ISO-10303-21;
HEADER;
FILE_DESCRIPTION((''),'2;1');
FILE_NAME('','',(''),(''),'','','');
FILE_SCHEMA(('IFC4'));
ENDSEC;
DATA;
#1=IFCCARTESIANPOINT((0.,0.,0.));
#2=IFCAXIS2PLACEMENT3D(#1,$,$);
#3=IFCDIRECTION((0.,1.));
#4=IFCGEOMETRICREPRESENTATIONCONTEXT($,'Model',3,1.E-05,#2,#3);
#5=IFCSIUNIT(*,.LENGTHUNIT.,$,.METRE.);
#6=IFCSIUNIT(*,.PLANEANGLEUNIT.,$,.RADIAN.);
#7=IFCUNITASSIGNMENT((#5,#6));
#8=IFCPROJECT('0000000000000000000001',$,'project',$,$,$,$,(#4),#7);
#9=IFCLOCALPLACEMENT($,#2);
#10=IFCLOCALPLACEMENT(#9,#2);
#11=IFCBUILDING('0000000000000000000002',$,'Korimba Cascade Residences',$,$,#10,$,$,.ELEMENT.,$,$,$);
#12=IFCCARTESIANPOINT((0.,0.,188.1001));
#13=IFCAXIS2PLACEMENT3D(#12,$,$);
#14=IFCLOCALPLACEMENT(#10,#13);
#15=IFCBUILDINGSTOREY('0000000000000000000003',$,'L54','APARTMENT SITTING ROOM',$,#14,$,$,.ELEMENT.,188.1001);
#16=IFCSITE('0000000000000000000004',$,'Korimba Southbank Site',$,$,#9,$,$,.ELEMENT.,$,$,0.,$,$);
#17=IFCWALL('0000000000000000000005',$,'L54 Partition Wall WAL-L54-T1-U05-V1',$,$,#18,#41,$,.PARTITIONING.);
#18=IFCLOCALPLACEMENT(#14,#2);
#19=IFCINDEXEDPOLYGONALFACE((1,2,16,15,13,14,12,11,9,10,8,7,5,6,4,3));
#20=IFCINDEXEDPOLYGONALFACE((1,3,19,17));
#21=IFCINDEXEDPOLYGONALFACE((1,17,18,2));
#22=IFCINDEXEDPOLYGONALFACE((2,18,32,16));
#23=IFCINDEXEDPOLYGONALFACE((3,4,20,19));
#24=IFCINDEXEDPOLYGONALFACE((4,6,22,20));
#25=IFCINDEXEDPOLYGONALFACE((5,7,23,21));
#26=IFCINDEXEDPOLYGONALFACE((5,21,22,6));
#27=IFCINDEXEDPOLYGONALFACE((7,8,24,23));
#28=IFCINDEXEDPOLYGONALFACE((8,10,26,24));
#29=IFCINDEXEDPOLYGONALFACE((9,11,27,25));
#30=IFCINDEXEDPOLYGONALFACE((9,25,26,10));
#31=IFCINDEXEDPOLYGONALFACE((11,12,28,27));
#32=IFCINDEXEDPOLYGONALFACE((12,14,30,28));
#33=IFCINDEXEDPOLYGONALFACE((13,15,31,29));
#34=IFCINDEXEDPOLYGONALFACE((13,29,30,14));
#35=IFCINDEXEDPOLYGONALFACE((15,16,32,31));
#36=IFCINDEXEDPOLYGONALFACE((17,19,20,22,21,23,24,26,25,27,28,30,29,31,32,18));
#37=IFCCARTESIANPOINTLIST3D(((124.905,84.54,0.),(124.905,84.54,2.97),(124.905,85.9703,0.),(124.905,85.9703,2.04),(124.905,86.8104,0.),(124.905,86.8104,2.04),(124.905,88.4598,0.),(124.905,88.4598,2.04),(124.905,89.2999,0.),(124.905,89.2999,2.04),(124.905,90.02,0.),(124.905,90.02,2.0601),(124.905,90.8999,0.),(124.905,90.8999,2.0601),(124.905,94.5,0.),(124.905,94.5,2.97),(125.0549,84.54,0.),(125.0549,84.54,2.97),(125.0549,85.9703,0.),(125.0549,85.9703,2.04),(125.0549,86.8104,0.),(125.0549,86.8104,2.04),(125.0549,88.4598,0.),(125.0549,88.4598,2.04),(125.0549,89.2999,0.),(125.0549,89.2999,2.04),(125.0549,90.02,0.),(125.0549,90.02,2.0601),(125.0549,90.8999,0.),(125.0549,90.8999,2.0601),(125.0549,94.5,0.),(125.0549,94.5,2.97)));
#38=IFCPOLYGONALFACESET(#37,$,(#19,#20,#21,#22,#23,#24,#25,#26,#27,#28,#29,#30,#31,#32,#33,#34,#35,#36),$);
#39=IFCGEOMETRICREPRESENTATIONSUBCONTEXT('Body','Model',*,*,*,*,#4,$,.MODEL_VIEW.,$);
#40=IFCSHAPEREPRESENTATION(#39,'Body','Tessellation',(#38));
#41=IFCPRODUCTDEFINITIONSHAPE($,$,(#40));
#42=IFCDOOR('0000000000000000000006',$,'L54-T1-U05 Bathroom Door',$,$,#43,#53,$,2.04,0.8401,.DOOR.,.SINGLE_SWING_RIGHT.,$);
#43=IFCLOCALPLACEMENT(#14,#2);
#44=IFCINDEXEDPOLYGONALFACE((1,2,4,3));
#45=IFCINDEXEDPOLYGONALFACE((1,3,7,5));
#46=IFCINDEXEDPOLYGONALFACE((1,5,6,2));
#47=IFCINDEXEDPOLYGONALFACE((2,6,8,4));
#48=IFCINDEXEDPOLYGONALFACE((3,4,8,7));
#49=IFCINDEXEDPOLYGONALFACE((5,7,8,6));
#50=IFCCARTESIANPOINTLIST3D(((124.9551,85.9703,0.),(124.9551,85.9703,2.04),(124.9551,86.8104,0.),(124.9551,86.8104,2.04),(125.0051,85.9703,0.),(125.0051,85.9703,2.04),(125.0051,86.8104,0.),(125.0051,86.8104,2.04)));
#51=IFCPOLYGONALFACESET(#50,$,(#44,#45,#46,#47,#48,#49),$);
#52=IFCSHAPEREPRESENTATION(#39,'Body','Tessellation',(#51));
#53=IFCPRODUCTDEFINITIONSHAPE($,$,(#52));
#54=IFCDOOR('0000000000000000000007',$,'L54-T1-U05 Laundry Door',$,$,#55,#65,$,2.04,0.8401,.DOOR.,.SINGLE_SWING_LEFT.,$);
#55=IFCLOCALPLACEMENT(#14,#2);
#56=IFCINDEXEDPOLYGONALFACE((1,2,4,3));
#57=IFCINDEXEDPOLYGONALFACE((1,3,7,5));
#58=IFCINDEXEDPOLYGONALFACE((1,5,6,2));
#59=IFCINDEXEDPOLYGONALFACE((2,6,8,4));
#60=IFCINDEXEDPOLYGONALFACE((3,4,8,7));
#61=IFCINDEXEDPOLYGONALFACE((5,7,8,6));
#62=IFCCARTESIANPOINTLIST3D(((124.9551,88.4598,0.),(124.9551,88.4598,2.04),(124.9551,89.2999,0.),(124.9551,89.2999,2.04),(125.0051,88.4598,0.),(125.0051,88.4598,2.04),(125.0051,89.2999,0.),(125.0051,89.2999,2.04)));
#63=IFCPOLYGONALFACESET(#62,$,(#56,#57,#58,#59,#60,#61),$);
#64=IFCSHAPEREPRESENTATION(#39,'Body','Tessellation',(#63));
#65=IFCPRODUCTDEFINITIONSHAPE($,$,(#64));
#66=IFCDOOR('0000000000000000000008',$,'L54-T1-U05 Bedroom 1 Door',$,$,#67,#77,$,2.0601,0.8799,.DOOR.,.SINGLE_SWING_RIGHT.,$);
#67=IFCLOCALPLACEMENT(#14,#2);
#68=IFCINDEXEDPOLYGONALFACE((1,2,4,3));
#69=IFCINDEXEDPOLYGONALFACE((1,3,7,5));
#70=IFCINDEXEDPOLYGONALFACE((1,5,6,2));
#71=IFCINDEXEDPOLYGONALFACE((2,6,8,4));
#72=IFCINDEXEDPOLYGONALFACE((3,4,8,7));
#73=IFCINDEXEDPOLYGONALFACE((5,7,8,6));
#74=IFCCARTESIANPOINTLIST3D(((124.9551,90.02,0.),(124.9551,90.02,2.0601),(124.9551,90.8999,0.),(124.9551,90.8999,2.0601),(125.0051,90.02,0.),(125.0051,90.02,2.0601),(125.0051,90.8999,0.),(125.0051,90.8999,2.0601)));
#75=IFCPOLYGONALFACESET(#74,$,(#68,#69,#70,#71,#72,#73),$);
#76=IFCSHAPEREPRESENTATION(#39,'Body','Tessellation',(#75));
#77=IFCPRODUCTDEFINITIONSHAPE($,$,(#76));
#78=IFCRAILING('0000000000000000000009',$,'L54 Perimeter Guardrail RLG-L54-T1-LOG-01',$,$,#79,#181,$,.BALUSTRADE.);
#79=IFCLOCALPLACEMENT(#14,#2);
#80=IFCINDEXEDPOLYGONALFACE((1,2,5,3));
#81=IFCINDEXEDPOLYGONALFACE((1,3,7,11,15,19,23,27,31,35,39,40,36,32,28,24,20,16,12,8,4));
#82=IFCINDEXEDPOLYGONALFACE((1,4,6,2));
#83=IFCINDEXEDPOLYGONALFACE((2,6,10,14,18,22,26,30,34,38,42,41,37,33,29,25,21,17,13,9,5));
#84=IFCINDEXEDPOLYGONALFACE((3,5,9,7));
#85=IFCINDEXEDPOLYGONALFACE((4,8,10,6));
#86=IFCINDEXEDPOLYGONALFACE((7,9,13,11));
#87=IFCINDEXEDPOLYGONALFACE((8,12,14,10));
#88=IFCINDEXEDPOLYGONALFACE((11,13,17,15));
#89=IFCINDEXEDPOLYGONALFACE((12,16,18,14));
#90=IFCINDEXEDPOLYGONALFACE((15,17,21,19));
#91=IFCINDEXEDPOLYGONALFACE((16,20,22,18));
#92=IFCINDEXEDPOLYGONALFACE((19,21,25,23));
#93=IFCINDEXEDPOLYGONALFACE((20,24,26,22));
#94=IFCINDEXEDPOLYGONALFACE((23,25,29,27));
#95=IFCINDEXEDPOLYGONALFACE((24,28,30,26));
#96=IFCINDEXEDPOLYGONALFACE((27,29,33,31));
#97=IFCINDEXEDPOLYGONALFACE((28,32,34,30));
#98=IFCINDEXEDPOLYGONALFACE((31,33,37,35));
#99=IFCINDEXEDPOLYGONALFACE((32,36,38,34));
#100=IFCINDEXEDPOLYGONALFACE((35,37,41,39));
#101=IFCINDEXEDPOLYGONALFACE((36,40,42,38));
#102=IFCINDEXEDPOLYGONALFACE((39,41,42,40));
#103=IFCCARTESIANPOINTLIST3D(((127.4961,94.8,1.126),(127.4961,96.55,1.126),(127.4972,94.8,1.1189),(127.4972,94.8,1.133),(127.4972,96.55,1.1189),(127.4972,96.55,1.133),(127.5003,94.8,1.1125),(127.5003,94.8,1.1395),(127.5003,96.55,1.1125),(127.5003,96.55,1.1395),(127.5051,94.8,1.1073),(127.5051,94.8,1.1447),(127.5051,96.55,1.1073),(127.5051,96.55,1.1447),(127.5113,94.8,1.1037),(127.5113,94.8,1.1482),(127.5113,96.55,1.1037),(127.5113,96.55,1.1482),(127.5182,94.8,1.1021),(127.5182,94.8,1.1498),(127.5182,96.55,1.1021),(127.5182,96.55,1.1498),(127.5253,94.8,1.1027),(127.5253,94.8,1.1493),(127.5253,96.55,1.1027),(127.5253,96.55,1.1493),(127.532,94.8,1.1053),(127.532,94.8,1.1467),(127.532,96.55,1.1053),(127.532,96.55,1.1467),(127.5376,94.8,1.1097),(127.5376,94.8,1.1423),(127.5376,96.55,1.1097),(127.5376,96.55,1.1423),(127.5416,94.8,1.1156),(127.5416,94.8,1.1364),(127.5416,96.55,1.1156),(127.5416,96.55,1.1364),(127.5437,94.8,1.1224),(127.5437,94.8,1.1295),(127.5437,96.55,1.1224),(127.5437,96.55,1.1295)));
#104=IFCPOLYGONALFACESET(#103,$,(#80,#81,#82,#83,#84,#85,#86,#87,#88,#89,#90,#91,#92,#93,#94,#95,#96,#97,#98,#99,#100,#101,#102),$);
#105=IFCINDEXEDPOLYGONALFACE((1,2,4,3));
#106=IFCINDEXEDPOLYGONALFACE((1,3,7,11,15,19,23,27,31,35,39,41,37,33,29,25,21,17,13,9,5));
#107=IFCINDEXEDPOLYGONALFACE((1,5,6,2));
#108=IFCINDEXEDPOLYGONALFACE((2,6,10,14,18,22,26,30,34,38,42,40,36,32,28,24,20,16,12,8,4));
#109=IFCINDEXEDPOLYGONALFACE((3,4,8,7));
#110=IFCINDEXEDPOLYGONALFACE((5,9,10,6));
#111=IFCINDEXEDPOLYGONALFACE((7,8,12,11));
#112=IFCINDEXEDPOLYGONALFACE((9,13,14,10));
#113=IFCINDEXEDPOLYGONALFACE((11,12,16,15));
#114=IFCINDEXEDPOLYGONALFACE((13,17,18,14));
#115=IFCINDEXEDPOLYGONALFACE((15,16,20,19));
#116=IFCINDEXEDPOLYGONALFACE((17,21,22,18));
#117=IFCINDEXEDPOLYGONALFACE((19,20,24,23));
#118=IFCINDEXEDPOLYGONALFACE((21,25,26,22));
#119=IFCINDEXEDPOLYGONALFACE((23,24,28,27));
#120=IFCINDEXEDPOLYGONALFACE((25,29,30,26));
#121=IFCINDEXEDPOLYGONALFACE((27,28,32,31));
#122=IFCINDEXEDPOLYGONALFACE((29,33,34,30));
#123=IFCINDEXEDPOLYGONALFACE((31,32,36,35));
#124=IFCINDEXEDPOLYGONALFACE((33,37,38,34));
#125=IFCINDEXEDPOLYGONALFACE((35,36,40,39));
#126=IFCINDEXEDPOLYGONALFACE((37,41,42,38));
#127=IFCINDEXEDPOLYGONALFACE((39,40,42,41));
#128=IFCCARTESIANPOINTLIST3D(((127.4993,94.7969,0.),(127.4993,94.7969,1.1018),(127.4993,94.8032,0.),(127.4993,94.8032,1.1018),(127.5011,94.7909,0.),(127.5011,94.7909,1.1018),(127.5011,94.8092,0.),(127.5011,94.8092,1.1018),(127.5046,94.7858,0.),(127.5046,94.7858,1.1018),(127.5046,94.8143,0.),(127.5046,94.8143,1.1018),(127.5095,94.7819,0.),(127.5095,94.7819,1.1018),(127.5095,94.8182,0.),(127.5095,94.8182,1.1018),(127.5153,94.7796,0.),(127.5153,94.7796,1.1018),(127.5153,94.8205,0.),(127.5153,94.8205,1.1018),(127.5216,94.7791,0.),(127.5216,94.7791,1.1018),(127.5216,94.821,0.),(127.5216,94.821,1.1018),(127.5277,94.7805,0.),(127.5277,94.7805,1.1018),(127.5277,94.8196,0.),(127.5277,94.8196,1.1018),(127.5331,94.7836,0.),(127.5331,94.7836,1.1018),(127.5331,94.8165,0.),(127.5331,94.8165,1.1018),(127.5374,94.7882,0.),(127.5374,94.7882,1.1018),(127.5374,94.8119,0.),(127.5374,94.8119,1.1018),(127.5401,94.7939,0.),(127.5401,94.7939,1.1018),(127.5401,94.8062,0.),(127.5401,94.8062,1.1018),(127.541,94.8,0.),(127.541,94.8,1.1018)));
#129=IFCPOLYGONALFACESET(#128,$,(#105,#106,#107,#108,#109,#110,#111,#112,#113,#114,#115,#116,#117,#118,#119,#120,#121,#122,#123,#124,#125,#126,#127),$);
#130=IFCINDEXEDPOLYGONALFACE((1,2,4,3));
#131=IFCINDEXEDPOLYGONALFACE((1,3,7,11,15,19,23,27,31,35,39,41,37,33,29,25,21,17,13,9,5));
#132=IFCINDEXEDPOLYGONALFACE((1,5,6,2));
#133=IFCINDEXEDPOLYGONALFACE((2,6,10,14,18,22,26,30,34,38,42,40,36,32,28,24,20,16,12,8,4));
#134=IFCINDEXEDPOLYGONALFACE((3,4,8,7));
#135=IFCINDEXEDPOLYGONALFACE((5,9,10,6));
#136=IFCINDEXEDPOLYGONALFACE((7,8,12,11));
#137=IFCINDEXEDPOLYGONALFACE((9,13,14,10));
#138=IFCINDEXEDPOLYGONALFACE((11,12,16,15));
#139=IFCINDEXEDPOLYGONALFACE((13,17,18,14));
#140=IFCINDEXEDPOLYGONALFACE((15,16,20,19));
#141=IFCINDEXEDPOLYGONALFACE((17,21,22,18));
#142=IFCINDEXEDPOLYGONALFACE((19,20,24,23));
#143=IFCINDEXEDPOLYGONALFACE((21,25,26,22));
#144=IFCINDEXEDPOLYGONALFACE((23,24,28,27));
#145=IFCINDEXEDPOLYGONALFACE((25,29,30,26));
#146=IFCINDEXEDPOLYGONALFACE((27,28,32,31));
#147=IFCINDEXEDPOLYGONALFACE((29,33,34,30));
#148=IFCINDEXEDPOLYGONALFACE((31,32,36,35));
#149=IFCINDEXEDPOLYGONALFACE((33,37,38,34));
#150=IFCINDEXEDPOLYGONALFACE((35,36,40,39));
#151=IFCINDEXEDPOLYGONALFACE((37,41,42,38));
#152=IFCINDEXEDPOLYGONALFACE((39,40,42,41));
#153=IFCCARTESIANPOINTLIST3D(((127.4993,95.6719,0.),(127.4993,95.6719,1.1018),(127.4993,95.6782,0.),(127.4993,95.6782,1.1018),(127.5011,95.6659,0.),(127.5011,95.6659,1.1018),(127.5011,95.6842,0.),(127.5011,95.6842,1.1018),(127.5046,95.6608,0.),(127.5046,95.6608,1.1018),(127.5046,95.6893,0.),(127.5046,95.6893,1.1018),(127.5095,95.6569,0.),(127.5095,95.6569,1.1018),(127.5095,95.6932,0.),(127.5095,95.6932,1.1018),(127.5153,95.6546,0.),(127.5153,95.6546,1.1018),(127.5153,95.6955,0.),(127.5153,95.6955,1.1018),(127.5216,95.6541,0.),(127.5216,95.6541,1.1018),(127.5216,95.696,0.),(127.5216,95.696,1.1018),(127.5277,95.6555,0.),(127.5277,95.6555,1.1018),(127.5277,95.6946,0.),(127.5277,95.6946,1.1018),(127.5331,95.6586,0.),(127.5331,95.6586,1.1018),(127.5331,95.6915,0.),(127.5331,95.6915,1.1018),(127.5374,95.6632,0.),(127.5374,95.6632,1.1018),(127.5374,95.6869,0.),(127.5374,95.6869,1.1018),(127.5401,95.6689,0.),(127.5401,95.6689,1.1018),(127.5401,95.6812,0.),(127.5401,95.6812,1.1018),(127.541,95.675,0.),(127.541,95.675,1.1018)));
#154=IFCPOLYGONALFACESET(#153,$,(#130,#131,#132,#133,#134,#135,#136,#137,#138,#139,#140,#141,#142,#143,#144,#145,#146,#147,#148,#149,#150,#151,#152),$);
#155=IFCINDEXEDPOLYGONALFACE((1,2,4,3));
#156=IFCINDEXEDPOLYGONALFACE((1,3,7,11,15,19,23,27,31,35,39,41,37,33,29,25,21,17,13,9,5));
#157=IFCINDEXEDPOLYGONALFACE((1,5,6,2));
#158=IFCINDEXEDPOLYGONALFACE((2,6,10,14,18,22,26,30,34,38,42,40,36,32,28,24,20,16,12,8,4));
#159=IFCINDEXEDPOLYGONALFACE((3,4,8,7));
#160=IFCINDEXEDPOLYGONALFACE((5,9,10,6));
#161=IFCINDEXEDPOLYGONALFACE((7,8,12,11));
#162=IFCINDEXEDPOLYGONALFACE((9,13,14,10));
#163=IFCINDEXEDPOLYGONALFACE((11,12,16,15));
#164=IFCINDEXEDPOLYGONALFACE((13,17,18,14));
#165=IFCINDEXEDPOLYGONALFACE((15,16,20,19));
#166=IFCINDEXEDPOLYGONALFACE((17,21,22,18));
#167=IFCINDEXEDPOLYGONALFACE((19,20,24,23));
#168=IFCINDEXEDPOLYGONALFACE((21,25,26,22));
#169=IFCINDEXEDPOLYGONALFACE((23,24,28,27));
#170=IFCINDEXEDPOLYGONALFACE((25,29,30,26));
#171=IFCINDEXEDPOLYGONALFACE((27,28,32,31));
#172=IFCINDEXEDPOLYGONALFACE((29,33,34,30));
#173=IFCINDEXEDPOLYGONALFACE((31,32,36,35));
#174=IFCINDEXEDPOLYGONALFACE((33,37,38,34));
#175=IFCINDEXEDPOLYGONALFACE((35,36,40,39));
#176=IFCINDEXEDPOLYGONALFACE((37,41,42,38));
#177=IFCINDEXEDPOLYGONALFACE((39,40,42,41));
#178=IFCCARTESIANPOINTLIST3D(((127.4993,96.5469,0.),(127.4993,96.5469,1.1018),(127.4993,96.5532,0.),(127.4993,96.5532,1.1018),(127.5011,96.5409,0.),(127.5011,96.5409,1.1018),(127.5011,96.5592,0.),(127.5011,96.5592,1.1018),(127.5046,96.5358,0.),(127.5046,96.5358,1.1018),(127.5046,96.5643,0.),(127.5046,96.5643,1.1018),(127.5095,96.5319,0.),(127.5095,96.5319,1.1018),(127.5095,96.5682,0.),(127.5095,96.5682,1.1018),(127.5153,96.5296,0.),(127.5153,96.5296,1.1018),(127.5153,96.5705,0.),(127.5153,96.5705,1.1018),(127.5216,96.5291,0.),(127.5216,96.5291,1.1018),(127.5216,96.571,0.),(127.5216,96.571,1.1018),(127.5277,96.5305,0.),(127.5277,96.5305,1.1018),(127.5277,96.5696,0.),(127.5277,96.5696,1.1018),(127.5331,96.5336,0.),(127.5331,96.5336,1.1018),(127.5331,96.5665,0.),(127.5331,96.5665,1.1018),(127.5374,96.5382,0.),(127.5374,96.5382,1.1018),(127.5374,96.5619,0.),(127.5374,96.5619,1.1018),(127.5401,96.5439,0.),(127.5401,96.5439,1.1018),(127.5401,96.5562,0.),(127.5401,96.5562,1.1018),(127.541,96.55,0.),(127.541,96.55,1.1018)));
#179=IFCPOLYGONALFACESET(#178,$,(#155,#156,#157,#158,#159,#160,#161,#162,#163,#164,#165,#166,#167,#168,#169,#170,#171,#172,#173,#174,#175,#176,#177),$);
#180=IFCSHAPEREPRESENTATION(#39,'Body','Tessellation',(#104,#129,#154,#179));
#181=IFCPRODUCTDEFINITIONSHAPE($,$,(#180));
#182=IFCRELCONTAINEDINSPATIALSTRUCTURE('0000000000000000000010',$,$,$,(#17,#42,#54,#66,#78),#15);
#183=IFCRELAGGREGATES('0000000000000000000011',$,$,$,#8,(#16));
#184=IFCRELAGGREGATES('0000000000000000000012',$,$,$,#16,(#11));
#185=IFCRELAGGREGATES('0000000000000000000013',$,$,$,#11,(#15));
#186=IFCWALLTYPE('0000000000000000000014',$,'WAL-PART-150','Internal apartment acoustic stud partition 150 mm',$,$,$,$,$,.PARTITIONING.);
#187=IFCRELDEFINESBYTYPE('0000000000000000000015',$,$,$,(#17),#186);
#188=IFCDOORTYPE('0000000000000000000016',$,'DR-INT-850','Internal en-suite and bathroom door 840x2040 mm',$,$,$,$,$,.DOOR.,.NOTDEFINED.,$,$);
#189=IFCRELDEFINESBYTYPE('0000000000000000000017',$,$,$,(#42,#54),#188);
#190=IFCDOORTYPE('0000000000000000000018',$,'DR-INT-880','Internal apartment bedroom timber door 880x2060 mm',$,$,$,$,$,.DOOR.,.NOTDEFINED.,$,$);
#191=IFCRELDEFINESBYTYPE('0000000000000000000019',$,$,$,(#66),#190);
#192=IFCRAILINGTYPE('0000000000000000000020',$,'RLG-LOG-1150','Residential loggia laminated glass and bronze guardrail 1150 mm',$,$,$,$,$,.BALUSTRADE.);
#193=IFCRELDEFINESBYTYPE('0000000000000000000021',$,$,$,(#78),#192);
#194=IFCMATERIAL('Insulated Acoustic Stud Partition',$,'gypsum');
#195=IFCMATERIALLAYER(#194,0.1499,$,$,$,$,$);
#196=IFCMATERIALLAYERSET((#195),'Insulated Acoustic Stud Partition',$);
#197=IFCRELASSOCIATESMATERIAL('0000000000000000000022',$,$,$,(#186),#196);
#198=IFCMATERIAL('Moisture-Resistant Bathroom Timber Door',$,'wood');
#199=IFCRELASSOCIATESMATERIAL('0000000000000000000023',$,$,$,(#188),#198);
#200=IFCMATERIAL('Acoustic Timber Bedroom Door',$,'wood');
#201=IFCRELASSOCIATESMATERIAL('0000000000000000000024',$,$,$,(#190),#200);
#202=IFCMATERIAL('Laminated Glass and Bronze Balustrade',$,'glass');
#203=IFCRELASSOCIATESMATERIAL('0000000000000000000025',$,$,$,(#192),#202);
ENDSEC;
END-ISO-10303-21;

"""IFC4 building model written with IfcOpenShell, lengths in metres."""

from ifc_helpers import new_model, si_unit, direction, frame, frame_2d, origin, origin_2d, place, context, subcontext, project, spatial, rectangle, circle, extrude, material, layer, layer_set, type_object, element, fill, save


model = new_model("IFC4")

# Units and contexts
model_context = context("Model", 3, precision=1e-05, world=origin(), true_north=direction((0.0, 1.0)))
body_context = subcontext(model_context, "Body", "Model", "MODEL_VIEW")
ifc_project = project(units=[si_unit("LENGTHUNIT", "METRE"), si_unit("PLANEANGLEUNIT", "RADIAN")], contexts=[model_context])

# Site, building, storey
site_placement = place(None, origin())
site = spatial("IfcSite", under=ifc_project, at=site_placement, Name="Korimba Southbank Site", CompositionType="ELEMENT", RefElevation=0.0)
building_placement = place(site_placement, origin())
building = spatial("IfcBuilding", under=site, at=building_placement, Name="Korimba Cascade Residences", CompositionType="ELEMENT")
storey_placement = place(building_placement, frame((0.0, 0.0, 188.1001)))
storey = spatial("IfcBuildingStorey", under=building, at=storey_placement, Name="L54", Description="APARTMENT SITTING ROOM", CompositionType="ELEMENT", Elevation=188.1001)

# Shared definitions
ifc_material_1 = material(Name="Insulated Acoustic Stud Partition", Category="gypsum")
ifc_layer_1 = layer(ifc_material_1, 0.1499)
ifc_layer_set_1 = layer_set([ifc_layer_1], Name="Insulated Acoustic Stud Partition")
wall_type_1 = type_object("IfcWallType", Name="WAL-PART-150", Description="Internal apartment acoustic stud partition 150 mm", PredefinedType="PARTITIONING", material=ifc_layer_set_1)

# Wall, openings, doors
wall_1_placement = place(storey_placement, frame((124.98, 84.54, 0.0), z_axis=(0.0, 0.0, 1.0), x_axis=(0.0, 1.0, 0.0)))
wall_1 = element("IfcWall", 1, at=wall_1_placement, inside=storey, type_object=wall_type_1, Name="L54 Partition Wall WAL-L54-T1-U05-V1", PredefinedType="PARTITIONING", context=body_context, shape_type="SweptSolid", body=[
    extrude(rectangle(XDim=9.96, YDim=0.1499, at=frame_2d((4.98, 0.0))), origin(), (0.0, 0.0, 1.0), 2.97),
])
opening_1_placement = place(wall_1_placement, frame((1.4304, 0.0, 0.0)))
opening_1 = element("IfcOpeningElement", 2, at=opening_1_placement, cuts=wall_1, PredefinedType="OPENING", context=body_context, shape_type="SweptSolid", body=[
    extrude(rectangle(XDim=0.8401, YDim=2.04, at=frame_2d((0.4199, 1.02))), frame((0.0, 0.085, 0.0), z_axis=(0.0, -1.0, 0.0), x_axis=(1.0, 0.0, 0.0)), (0.0, 0.0, 1.0), 0.1699),
])
opening_2_placement = place(wall_1_placement, frame((3.9199, 0.0, 0.0)))
opening_2 = element("IfcOpeningElement", 3, at=opening_2_placement, cuts=wall_1, PredefinedType="OPENING", context=body_context, shape_type="SweptSolid", body=[
    extrude(rectangle(XDim=0.8401, YDim=2.04, at=frame_2d((0.4199, 1.02))), frame((0.0, 0.085, 0.0), z_axis=(0.0, -1.0, 0.0), x_axis=(1.0, 0.0, 0.0)), (0.0, 0.0, 1.0), 0.1699),
])
opening_3_placement = place(wall_1_placement, frame((5.48, 0.0, 0.0)))
opening_3 = element("IfcOpeningElement", 4, at=opening_3_placement, cuts=wall_1, PredefinedType="OPENING", context=body_context, shape_type="SweptSolid", body=[
    extrude(rectangle(XDim=0.8799, YDim=2.0601, at=frame_2d((0.4399, 1.03))), frame((0.0, 0.085, 0.0), z_axis=(0.0, -1.0, 0.0), x_axis=(1.0, 0.0, 0.0)), (0.0, 0.0, 1.0), 0.1699),
])
ifc_material_2 = material(Name="Moisture-Resistant Bathroom Timber Door", Category="wood")
door_type_1 = type_object("IfcDoorType", Name="DR-INT-850", Description="Internal en-suite and bathroom door 840x2040 mm", OperationType="NOTDEFINED", PredefinedType="DOOR", material=ifc_material_2)
door_1_placement = place(opening_1_placement, origin())
door_1 = element("IfcDoor", 5, at=door_1_placement, inside=storey, type_object=door_type_1, Name="L54-T1-U05 Bathroom Door", OperationType="SINGLE_SWING_RIGHT", OverallHeight=2.04, OverallWidth=0.8401, PredefinedType="DOOR", context=body_context, shape_type="SweptSolid", body=[
    extrude(rectangle(XDim=0.8401, YDim=2.04, at=frame_2d((0.4199, 1.02))), frame((0.0, 0.0249, 0.0), z_axis=(0.0, -1.0, 0.0), x_axis=(1.0, 0.0, 0.0)), (0.0, 0.0, 1.0), 0.05),
])
fill(opening_1, door_1)
door_2_placement = place(opening_2_placement, origin())
door_2 = element("IfcDoor", 6, at=door_2_placement, inside=storey, type_object=door_type_1, Name="L54-T1-U05 Laundry Door", OperationType="SINGLE_SWING_LEFT", OverallHeight=2.04, OverallWidth=0.8401, PredefinedType="DOOR", context=body_context, shape_type="SweptSolid", body=[
    extrude(rectangle(XDim=0.8401, YDim=2.04, at=frame_2d((0.4199, 1.02))), frame((0.0, 0.0249, 0.0), z_axis=(0.0, -1.0, 0.0), x_axis=(1.0, 0.0, 0.0)), (0.0, 0.0, 1.0), 0.05),
])
fill(opening_2, door_2)
ifc_material_3 = material(Name="Acoustic Timber Bedroom Door", Category="wood")
door_type_2 = type_object("IfcDoorType", Name="DR-INT-880", Description="Internal apartment bedroom timber door 880x2060 mm", OperationType="NOTDEFINED", PredefinedType="DOOR", material=ifc_material_3)
door_3_placement = place(opening_3_placement, origin())
door_3 = element("IfcDoor", 7, at=door_3_placement, inside=storey, type_object=door_type_2, Name="L54-T1-U05 Bedroom 1 Door", OperationType="SINGLE_SWING_RIGHT", OverallHeight=2.0601, OverallWidth=0.8799, PredefinedType="DOOR", context=body_context, shape_type="SweptSolid", body=[
    extrude(rectangle(XDim=0.8799, YDim=2.0601, at=frame_2d((0.4399, 1.03))), frame((0.0, 0.0249, 0.0), z_axis=(0.0, -1.0, 0.0), x_axis=(1.0, 0.0, 0.0)), (0.0, 0.0, 1.0), 0.05),
])
fill(opening_3, door_3)

# Railing
ifc_material_4 = material(Name="Laminated Glass and Bronze Balustrade", Category="glass")
railing_type = type_object("IfcRailingType", Name="RLG-LOG-1150", Description="Residential loggia laminated glass and bronze guardrail 1150 mm", PredefinedType="BALUSTRADE", material=ifc_material_4)
railing_1_placement = place(storey_placement, frame((127.52, 94.8, 0.0)))
element("IfcRailing", 8, at=railing_1_placement, inside=storey, type_object=railing_type, Name="L54 Perimeter Guardrail RLG-L54-T1-LOG-01", PredefinedType="BALUSTRADE", context=body_context, shape_type="SweptSolid", body=[
    extrude(circle(Radius=0.0239, at=origin_2d()), frame((0.0, 0.0, 1.126), z_axis=(0.0, 1.0, 0.0), x_axis=(-1.0, 0.0, 0.0)), (0.0, 0.0, 1.0), 1.75),
    extrude(circle(Radius=0.021, at=origin_2d()), origin(), (0.0, 0.0, 1.0), 1.1018),
    extrude(circle(Radius=0.021, at=origin_2d()), frame((0.0, 0.875, 0.0)), (0.0, 0.0, 1.0), 1.1018),
    extrude(circle(Radius=0.021, at=origin_2d()), frame((0.0, 1.75, 0.0)), (0.0, 0.0, 1.0), 1.1018),
])

save(model, "model.ifc")
